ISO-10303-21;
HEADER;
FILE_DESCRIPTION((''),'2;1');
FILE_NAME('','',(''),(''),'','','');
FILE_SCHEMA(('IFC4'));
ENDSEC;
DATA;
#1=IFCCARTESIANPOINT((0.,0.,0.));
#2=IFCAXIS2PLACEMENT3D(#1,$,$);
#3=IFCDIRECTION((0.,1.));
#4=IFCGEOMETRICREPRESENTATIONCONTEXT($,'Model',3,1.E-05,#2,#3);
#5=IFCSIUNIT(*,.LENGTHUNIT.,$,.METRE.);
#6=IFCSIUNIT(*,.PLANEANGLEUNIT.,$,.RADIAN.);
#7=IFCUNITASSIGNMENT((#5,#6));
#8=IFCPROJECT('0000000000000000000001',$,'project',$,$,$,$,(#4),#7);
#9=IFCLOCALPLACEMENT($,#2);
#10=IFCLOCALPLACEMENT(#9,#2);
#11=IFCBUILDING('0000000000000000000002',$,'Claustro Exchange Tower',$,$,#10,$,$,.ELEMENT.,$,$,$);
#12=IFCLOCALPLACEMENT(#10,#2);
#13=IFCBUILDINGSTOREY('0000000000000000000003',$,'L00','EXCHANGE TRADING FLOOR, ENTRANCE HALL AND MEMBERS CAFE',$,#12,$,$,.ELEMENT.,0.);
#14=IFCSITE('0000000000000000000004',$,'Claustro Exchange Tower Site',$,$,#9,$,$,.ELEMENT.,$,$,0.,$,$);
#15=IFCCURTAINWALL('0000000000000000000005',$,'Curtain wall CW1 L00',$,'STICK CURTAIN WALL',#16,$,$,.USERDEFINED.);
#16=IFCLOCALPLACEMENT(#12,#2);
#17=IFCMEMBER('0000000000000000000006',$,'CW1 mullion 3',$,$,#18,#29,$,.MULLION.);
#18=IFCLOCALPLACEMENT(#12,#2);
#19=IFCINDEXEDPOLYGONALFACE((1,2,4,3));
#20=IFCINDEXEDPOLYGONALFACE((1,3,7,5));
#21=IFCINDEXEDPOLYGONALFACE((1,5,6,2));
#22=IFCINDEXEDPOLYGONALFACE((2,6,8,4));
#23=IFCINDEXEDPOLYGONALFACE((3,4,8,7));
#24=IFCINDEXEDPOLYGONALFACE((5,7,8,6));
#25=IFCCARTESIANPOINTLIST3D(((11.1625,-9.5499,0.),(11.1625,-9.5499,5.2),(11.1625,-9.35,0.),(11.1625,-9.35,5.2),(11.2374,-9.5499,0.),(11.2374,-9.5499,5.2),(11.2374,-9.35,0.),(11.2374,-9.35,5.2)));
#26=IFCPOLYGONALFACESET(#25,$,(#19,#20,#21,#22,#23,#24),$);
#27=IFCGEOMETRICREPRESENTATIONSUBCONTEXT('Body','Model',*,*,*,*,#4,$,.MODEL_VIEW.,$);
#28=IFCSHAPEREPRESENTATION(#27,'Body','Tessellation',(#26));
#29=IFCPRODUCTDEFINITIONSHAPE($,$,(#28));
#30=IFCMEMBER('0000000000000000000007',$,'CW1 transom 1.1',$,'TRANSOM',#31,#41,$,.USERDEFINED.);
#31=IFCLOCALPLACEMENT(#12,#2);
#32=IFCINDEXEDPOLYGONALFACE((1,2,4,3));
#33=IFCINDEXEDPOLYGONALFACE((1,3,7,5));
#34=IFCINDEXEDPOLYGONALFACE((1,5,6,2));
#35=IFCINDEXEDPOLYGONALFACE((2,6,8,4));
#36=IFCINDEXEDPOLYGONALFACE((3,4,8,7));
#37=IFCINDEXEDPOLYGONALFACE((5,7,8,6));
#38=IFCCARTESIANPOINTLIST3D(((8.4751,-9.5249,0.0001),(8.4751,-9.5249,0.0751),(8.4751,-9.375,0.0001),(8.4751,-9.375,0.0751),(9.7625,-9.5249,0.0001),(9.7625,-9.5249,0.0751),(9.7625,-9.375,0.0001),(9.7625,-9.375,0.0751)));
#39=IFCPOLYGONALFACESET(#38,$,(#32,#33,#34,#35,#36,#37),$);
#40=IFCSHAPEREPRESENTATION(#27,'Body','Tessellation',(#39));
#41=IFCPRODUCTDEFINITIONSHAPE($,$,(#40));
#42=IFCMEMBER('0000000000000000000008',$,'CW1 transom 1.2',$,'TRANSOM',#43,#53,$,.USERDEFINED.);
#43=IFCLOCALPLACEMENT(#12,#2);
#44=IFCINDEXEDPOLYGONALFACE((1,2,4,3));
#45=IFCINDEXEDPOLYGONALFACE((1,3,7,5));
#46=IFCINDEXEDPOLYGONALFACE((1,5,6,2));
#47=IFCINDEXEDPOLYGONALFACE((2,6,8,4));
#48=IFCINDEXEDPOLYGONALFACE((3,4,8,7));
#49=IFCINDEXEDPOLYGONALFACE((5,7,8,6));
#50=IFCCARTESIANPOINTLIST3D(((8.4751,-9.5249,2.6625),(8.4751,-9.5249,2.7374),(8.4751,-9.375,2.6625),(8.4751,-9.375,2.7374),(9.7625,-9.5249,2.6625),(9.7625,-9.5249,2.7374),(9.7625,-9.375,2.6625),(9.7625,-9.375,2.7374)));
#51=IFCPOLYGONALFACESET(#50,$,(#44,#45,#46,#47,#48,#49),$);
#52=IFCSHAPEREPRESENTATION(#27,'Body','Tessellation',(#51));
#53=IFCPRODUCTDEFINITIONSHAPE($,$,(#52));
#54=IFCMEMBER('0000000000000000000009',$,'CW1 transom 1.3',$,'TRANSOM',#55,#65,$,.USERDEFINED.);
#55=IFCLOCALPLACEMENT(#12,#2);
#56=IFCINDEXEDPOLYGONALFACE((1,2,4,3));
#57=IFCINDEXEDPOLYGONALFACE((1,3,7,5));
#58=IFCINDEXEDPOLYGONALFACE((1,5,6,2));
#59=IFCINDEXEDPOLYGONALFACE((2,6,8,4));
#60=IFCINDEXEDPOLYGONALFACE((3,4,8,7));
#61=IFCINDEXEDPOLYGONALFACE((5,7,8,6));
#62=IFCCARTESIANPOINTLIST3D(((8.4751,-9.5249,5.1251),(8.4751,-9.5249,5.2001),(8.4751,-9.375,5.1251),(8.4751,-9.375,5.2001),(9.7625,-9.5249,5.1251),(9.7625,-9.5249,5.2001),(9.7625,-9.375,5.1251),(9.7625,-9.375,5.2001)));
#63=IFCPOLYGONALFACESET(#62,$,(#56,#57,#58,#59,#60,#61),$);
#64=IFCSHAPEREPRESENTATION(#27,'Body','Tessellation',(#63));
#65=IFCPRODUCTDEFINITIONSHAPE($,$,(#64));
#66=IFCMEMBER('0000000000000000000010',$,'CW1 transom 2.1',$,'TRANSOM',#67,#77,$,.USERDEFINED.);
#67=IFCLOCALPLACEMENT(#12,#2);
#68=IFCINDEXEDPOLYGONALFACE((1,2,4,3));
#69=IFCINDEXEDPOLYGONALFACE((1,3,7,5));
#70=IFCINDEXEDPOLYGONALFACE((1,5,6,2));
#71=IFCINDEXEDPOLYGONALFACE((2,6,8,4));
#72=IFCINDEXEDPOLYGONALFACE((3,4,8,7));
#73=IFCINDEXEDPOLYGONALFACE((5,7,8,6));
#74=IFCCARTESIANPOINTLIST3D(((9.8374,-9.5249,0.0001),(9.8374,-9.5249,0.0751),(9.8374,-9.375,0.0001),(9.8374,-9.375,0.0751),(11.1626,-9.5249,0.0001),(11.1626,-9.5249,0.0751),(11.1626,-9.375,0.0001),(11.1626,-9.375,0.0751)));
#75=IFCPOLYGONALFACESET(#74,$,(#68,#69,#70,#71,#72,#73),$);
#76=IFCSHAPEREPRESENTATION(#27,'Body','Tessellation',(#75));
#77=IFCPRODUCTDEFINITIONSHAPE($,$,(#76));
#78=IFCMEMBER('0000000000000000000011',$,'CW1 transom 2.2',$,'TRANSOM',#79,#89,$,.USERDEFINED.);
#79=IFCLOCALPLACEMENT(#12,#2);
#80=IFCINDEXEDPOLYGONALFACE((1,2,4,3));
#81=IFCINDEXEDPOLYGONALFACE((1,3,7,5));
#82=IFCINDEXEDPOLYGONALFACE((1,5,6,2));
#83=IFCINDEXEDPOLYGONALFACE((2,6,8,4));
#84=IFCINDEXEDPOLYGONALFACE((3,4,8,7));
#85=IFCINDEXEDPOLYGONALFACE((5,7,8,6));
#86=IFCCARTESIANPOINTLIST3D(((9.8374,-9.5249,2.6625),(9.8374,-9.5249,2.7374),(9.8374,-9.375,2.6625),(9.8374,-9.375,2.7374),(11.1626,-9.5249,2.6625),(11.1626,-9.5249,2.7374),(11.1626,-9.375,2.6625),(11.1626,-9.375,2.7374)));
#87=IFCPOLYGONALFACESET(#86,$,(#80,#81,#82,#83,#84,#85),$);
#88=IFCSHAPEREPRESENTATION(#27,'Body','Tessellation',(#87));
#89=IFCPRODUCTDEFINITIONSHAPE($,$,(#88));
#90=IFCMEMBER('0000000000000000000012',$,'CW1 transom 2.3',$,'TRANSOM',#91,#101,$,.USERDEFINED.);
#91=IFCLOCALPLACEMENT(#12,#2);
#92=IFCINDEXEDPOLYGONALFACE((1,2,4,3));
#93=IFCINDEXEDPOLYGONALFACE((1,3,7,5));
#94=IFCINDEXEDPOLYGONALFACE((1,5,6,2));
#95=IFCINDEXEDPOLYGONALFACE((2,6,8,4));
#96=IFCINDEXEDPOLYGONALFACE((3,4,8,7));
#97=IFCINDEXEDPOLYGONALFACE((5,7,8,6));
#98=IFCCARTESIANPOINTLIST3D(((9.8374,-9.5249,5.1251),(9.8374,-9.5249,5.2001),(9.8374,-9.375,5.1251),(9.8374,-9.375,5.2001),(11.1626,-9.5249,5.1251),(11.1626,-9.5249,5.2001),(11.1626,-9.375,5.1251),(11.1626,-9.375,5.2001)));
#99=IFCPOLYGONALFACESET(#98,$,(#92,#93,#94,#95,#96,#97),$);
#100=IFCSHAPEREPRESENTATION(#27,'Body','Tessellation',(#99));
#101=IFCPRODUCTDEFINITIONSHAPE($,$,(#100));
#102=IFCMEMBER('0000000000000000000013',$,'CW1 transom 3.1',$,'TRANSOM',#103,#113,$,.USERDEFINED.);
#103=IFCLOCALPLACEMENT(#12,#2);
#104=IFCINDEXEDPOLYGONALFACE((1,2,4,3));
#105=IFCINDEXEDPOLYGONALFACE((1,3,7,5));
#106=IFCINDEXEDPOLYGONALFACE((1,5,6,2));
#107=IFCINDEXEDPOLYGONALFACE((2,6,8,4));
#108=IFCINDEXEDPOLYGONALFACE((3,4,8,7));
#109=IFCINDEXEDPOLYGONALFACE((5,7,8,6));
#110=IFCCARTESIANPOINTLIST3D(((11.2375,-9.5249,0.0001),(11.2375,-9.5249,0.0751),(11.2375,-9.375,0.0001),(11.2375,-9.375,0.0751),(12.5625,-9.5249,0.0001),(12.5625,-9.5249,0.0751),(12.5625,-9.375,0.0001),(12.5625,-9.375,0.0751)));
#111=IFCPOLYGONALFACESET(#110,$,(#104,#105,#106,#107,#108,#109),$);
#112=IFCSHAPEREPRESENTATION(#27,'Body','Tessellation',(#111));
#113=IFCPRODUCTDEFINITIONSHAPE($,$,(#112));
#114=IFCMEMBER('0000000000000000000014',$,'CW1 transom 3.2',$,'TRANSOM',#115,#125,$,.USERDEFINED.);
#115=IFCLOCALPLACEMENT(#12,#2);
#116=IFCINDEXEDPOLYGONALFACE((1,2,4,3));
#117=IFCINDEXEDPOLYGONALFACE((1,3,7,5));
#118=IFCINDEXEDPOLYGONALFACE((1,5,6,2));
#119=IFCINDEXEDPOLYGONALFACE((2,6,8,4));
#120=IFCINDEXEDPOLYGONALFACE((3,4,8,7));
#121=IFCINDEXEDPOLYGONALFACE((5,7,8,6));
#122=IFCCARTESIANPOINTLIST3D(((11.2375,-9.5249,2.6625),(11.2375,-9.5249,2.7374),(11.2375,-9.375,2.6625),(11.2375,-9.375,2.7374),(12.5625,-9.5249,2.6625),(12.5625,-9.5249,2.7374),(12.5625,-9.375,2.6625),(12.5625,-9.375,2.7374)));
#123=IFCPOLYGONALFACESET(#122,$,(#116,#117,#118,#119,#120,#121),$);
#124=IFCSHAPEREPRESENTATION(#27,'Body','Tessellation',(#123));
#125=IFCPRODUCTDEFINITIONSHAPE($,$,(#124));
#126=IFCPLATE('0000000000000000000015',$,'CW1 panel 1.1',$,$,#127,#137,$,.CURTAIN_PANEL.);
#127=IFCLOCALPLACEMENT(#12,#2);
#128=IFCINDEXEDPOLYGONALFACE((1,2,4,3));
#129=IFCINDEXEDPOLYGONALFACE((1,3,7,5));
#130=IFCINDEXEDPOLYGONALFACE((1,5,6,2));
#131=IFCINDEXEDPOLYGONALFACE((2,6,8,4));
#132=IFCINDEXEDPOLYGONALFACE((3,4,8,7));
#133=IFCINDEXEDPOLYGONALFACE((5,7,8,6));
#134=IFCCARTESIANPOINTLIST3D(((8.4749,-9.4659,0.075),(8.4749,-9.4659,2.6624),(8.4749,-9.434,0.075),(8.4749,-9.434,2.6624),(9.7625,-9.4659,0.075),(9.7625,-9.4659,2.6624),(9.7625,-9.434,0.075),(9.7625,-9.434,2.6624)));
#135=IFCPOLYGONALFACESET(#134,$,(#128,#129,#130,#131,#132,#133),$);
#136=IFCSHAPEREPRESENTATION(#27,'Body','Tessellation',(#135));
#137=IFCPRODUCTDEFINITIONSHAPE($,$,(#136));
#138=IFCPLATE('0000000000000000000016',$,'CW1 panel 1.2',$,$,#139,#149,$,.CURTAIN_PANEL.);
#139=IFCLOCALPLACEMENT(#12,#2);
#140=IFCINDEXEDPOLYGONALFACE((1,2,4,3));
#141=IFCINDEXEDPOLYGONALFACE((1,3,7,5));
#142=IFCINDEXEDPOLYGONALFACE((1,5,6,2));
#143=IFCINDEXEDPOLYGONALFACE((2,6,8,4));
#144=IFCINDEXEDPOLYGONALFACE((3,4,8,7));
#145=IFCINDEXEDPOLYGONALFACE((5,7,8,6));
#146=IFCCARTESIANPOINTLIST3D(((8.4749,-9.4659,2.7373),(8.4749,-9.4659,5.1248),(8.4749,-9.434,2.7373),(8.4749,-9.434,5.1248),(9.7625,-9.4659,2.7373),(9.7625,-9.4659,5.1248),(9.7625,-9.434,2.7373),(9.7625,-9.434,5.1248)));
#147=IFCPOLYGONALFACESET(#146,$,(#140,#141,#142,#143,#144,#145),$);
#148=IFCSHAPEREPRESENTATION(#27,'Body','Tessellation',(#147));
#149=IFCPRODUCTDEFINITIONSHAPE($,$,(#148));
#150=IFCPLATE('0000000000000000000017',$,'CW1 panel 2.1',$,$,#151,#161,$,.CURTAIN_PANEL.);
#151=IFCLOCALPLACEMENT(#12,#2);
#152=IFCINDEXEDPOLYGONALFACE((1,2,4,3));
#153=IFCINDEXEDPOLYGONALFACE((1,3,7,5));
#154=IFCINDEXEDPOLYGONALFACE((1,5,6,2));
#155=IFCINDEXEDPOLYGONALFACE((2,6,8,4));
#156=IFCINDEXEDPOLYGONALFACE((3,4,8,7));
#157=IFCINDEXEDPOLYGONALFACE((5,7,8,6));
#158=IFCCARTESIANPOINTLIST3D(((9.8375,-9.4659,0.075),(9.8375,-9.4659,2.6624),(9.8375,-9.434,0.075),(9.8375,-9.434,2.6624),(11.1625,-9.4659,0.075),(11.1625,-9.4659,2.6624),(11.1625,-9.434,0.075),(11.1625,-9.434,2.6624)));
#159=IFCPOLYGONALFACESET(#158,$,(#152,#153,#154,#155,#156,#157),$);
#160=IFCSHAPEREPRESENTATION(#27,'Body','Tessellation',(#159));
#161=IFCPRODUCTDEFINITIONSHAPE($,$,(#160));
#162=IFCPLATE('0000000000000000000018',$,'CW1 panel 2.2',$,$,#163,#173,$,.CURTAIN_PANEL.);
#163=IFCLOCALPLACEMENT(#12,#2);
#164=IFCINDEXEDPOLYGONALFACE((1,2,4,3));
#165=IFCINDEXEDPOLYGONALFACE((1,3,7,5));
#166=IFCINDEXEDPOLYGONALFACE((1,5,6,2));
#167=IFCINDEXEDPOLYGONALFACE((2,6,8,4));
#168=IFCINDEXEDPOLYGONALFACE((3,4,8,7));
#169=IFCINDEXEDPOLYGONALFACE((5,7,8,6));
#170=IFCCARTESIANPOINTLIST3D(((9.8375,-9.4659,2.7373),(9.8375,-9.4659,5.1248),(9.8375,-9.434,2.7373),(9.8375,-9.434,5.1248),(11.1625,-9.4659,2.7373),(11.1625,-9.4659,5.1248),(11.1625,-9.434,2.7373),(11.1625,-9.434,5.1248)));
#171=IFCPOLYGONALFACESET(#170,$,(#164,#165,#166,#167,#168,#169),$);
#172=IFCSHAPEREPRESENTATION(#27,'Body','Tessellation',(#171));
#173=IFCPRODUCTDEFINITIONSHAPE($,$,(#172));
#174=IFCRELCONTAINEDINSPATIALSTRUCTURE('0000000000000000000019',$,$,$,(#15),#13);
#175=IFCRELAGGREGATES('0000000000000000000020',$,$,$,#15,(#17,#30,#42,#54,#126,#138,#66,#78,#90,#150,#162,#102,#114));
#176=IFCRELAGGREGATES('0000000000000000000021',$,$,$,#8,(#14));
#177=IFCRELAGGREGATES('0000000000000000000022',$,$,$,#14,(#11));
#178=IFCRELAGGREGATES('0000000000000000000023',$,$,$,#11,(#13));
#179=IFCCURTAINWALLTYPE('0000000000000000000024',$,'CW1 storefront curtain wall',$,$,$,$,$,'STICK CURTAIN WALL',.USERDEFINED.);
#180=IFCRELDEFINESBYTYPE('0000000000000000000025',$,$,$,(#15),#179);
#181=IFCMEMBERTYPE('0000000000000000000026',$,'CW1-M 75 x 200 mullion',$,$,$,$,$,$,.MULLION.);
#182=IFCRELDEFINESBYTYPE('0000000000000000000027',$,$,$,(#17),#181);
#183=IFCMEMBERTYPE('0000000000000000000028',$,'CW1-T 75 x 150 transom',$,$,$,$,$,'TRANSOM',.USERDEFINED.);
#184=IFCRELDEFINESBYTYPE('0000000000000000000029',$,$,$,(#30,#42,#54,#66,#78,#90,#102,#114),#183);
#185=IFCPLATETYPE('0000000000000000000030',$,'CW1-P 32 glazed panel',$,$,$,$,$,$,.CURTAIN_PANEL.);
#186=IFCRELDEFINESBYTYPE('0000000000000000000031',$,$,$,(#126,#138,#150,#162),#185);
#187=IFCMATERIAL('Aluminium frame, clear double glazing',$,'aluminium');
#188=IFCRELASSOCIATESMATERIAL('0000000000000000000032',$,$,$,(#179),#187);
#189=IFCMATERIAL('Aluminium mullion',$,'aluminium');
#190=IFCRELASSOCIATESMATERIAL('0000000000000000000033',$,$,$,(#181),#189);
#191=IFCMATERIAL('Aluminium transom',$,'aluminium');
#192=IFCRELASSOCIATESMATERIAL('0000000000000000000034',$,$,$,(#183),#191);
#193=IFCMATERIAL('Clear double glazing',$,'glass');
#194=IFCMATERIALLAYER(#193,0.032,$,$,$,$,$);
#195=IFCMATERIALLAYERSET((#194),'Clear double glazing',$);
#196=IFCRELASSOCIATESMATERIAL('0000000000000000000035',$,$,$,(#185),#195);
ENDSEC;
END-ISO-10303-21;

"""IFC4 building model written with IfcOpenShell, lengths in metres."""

from ifc_helpers import new_model, si_unit, direction, frame, origin, origin_2d, place, context, subcontext, project, spatial, rectangle, extrude, material, layer, layer_set, material_profile, profile_set, type_object, element, aggregate, save


model = new_model("IFC4")

# Units and contexts
model_context = context("Model", 3, precision=1e-05, world=origin(), true_north=direction((0.0, 1.0)))
body_context = subcontext(model_context, "Body", "Model", "MODEL_VIEW")
ifc_project = project(units=[si_unit("LENGTHUNIT", "METRE"), si_unit("PLANEANGLEUNIT", "RADIAN")], contexts=[model_context])

# Site, building, storey
site_placement = place(None, origin())
site = spatial("IfcSite", under=ifc_project, at=site_placement, Name="Claustro Exchange Tower Site", CompositionType="ELEMENT", RefElevation=0.0)
building_placement = place(site_placement, origin())
building = spatial("IfcBuilding", under=site, at=building_placement, Name="Claustro Exchange Tower", CompositionType="ELEMENT")
storey_placement = place(building_placement, origin())
storey = spatial("IfcBuildingStorey", under=building, at=storey_placement, Name="L00", Description="EXCHANGE TRADING FLOOR, ENTRANCE HALL AND MEMBERS CAFE", CompositionType="ELEMENT", Elevation=0.0)

# Shared definitions
ifc_material_1 = material(Name="Aluminium frame, clear double glazing", Category="aluminium")
curtain_wall_type = type_object("IfcCurtainWallType", Name="CW1 storefront curtain wall", ElementType="STICK CURTAIN WALL", PredefinedType="USERDEFINED", material=ifc_material_1)
ifc_material_2 = material(Name="Aluminium mullion", Category="aluminium")
ifc_material_profile_1 = material_profile(ifc_material_2, rectangle(XDim=0.2, YDim=0.075, at=origin_2d()), Name="CW1-M 75x200")
ifc_profile_set_1 = profile_set([ifc_material_profile_1], Name="Aluminium mullion")
member_type_1 = type_object("IfcMemberType", Name="CW1-M 75 x 200 mullion", PredefinedType="MULLION", material=ifc_profile_set_1)

# Curtain wall, members, plates
curtain_wall_1_placement = place(storey_placement, origin())
curtain_wall_1 = element("IfcCurtainWall", 1, at=curtain_wall_1_placement, inside=storey, type_object=curtain_wall_type, Name="Curtain wall CW1 L00", ObjectType="STICK CURTAIN WALL", PredefinedType="USERDEFINED")
member_1_placement = place(storey_placement, frame((11.2, -9.45, 0.0), z_axis=(0.0, 0.0, 1.0), x_axis=(0.0, 1.0, 0.0)))
member_1 = element("IfcMember", 2, at=member_1_placement, type_object=member_type_1, Name="CW1 mullion 3", PredefinedType="MULLION", context=body_context, shape_type="SweptSolid", body=[
    extrude(rectangle(XDim=0.2, YDim=0.075, at=origin_2d()), origin(), (0.0, 0.0, 1.0), 5.2),
])
ifc_material_3 = material(Name="Aluminium transom", Category="aluminium")
ifc_material_profile_2 = material_profile(ifc_material_3, rectangle(XDim=0.1499, YDim=0.075, at=origin_2d()), Name="CW1-T 75x150")
ifc_profile_set_2 = profile_set([ifc_material_profile_2], Name="Aluminium transom")
member_type_2 = type_object("IfcMemberType", Name="CW1-T 75 x 150 transom", ElementType="TRANSOM", PredefinedType="USERDEFINED", material=ifc_profile_set_2)
member_2_placement = place(storey_placement, frame((8.4751, -9.45, 0.0376), z_axis=(1.0, 0.0, 0.0), x_axis=(0.0, 1.0, 0.0)))
member_2 = element("IfcMember", 3, at=member_2_placement, type_object=member_type_2, Name="CW1 transom 1.1", ObjectType="TRANSOM", PredefinedType="USERDEFINED", context=body_context, shape_type="SweptSolid", body=[
    extrude(rectangle(XDim=0.1499, YDim=0.075, at=origin_2d()), origin(), (0.0, 0.0, 1.0), 1.2874),
])
member_3_placement = place(storey_placement, frame((8.4751, -9.45, 2.7), z_axis=(1.0, 0.0, 0.0), x_axis=(0.0, 1.0, 0.0)))
member_3 = element("IfcMember", 4, at=member_3_placement, type_object=member_type_2, Name="CW1 transom 1.2", ObjectType="TRANSOM", PredefinedType="USERDEFINED", context=body_context, shape_type="SweptSolid", body=[
    extrude(rectangle(XDim=0.1499, YDim=0.075, at=origin_2d()), origin(), (0.0, 0.0, 1.0), 1.2874),
])
member_4_placement = place(storey_placement, frame((8.4751, -9.45, 5.1626), z_axis=(1.0, 0.0, 0.0), x_axis=(0.0, 1.0, 0.0)))
member_4 = element("IfcMember", 5, at=member_4_placement, type_object=member_type_2, Name="CW1 transom 1.3", ObjectType="TRANSOM", PredefinedType="USERDEFINED", context=body_context, shape_type="SweptSolid", body=[
    extrude(rectangle(XDim=0.1499, YDim=0.075, at=origin_2d()), origin(), (0.0, 0.0, 1.0), 1.2874),
])
member_5_placement = place(storey_placement, frame((9.8374, -9.45, 0.0376), z_axis=(1.0, 0.0, 0.0), x_axis=(0.0, 1.0, 0.0)))
member_5 = element("IfcMember", 6, at=member_5_placement, type_object=member_type_2, Name="CW1 transom 2.1", ObjectType="TRANSOM", PredefinedType="USERDEFINED", context=body_context, shape_type="SweptSolid", body=[
    extrude(rectangle(XDim=0.1499, YDim=0.075, at=origin_2d()), origin(), (0.0, 0.0, 1.0), 1.3252),
])
member_6_placement = place(storey_placement, frame((9.8374, -9.45, 2.7), z_axis=(1.0, 0.0, 0.0), x_axis=(0.0, 1.0, 0.0)))
member_6 = element("IfcMember", 7, at=member_6_placement, type_object=member_type_2, Name="CW1 transom 2.2", ObjectType="TRANSOM", PredefinedType="USERDEFINED", context=body_context, shape_type="SweptSolid", body=[
    extrude(rectangle(XDim=0.1499, YDim=0.075, at=origin_2d()), origin(), (0.0, 0.0, 1.0), 1.3252),
])
member_7_placement = place(storey_placement, frame((9.8374, -9.45, 5.1626), z_axis=(1.0, 0.0, 0.0), x_axis=(0.0, 1.0, 0.0)))
member_7 = element("IfcMember", 8, at=member_7_placement, type_object=member_type_2, Name="CW1 transom 2.3", ObjectType="TRANSOM", PredefinedType="USERDEFINED", context=body_context, shape_type="SweptSolid", body=[
    extrude(rectangle(XDim=0.1499, YDim=0.075, at=origin_2d()), origin(), (0.0, 0.0, 1.0), 1.3252),
])
member_8_placement = place(storey_placement, frame((11.2375, -9.45, 0.0376), z_axis=(1.0, 0.0, 0.0), x_axis=(0.0, 1.0, 0.0)))
member_8 = element("IfcMember", 9, at=member_8_placement, type_object=member_type_2, Name="CW1 transom 3.1", ObjectType="TRANSOM", PredefinedType="USERDEFINED", context=body_context, shape_type="SweptSolid", body=[
    extrude(rectangle(XDim=0.1499, YDim=0.075, at=origin_2d()), origin(), (0.0, 0.0, 1.0), 1.325),
])
member_9_placement = place(storey_placement, frame((11.2375, -9.45, 2.7), z_axis=(1.0, 0.0, 0.0), x_axis=(0.0, 1.0, 0.0)))
member_9 = element("IfcMember", 10, at=member_9_placement, type_object=member_type_2, Name="CW1 transom 3.2", ObjectType="TRANSOM", PredefinedType="USERDEFINED", context=body_context, shape_type="SweptSolid", body=[
    extrude(rectangle(XDim=0.1499, YDim=0.075, at=origin_2d()), origin(), (0.0, 0.0, 1.0), 1.325),
])
ifc_material_4 = material(Name="Clear double glazing", Category="glass")
ifc_layer_1 = layer(ifc_material_4, 0.032)
ifc_layer_set_1 = layer_set([ifc_layer_1], Name="Clear double glazing")
plate_type = type_object("IfcPlateType", Name="CW1-P 32 glazed panel", PredefinedType="CURTAIN_PANEL", material=ifc_layer_set_1)
plate_1_placement = place(storey_placement, frame((9.1187, -9.45, 0.075), z_axis=(0.0, 0.0, 1.0), x_axis=(1.0, 0.0, 0.0)))
plate_1 = element("IfcPlate", 11, at=plate_1_placement, type_object=plate_type, Name="CW1 panel 1.1", PredefinedType="CURTAIN_PANEL", context=body_context, shape_type="SweptSolid", body=[
    extrude(rectangle(XDim=1.2876, YDim=0.032, at=origin_2d()), origin(), (0.0, 0.0, 1.0), 2.5874),
])
plate_2_placement = place(storey_placement, frame((9.1187, -9.45, 2.7373), z_axis=(0.0, 0.0, 1.0), x_axis=(1.0, 0.0, 0.0)))
plate_2 = element("IfcPlate", 12, at=plate_2_placement, type_object=plate_type, Name="CW1 panel 1.2", PredefinedType="CURTAIN_PANEL", context=body_context, shape_type="SweptSolid", body=[
    extrude(rectangle(XDim=1.2876, YDim=0.032, at=origin_2d()), origin(), (0.0, 0.0, 1.0), 2.3875),
])
plate_3_placement = place(storey_placement, frame((10.5, -9.45, 0.075), z_axis=(0.0, 0.0, 1.0), x_axis=(1.0, 0.0, 0.0)))
plate_3 = element("IfcPlate", 13, at=plate_3_placement, type_object=plate_type, Name="CW1 panel 2.1", PredefinedType="CURTAIN_PANEL", context=body_context, shape_type="SweptSolid", body=[
    extrude(rectangle(XDim=1.325, YDim=0.032, at=origin_2d()), origin(), (0.0, 0.0, 1.0), 2.5874),
])
plate_4_placement = place(storey_placement, frame((10.5, -9.45, 2.7373), z_axis=(0.0, 0.0, 1.0), x_axis=(1.0, 0.0, 0.0)))
plate_4 = element("IfcPlate", 14, at=plate_4_placement, type_object=plate_type, Name="CW1 panel 2.2", PredefinedType="CURTAIN_PANEL", context=body_context, shape_type="SweptSolid", body=[
    extrude(rectangle(XDim=1.325, YDim=0.032, at=origin_2d()), origin(), (0.0, 0.0, 1.0), 2.3875),
])
aggregate(curtain_wall_1, [member_1, member_2, member_3, member_4, plate_1, plate_2, member_5, member_6, member_7, plate_3, plate_4, member_8, member_9])

save(model, "model.ifc")
